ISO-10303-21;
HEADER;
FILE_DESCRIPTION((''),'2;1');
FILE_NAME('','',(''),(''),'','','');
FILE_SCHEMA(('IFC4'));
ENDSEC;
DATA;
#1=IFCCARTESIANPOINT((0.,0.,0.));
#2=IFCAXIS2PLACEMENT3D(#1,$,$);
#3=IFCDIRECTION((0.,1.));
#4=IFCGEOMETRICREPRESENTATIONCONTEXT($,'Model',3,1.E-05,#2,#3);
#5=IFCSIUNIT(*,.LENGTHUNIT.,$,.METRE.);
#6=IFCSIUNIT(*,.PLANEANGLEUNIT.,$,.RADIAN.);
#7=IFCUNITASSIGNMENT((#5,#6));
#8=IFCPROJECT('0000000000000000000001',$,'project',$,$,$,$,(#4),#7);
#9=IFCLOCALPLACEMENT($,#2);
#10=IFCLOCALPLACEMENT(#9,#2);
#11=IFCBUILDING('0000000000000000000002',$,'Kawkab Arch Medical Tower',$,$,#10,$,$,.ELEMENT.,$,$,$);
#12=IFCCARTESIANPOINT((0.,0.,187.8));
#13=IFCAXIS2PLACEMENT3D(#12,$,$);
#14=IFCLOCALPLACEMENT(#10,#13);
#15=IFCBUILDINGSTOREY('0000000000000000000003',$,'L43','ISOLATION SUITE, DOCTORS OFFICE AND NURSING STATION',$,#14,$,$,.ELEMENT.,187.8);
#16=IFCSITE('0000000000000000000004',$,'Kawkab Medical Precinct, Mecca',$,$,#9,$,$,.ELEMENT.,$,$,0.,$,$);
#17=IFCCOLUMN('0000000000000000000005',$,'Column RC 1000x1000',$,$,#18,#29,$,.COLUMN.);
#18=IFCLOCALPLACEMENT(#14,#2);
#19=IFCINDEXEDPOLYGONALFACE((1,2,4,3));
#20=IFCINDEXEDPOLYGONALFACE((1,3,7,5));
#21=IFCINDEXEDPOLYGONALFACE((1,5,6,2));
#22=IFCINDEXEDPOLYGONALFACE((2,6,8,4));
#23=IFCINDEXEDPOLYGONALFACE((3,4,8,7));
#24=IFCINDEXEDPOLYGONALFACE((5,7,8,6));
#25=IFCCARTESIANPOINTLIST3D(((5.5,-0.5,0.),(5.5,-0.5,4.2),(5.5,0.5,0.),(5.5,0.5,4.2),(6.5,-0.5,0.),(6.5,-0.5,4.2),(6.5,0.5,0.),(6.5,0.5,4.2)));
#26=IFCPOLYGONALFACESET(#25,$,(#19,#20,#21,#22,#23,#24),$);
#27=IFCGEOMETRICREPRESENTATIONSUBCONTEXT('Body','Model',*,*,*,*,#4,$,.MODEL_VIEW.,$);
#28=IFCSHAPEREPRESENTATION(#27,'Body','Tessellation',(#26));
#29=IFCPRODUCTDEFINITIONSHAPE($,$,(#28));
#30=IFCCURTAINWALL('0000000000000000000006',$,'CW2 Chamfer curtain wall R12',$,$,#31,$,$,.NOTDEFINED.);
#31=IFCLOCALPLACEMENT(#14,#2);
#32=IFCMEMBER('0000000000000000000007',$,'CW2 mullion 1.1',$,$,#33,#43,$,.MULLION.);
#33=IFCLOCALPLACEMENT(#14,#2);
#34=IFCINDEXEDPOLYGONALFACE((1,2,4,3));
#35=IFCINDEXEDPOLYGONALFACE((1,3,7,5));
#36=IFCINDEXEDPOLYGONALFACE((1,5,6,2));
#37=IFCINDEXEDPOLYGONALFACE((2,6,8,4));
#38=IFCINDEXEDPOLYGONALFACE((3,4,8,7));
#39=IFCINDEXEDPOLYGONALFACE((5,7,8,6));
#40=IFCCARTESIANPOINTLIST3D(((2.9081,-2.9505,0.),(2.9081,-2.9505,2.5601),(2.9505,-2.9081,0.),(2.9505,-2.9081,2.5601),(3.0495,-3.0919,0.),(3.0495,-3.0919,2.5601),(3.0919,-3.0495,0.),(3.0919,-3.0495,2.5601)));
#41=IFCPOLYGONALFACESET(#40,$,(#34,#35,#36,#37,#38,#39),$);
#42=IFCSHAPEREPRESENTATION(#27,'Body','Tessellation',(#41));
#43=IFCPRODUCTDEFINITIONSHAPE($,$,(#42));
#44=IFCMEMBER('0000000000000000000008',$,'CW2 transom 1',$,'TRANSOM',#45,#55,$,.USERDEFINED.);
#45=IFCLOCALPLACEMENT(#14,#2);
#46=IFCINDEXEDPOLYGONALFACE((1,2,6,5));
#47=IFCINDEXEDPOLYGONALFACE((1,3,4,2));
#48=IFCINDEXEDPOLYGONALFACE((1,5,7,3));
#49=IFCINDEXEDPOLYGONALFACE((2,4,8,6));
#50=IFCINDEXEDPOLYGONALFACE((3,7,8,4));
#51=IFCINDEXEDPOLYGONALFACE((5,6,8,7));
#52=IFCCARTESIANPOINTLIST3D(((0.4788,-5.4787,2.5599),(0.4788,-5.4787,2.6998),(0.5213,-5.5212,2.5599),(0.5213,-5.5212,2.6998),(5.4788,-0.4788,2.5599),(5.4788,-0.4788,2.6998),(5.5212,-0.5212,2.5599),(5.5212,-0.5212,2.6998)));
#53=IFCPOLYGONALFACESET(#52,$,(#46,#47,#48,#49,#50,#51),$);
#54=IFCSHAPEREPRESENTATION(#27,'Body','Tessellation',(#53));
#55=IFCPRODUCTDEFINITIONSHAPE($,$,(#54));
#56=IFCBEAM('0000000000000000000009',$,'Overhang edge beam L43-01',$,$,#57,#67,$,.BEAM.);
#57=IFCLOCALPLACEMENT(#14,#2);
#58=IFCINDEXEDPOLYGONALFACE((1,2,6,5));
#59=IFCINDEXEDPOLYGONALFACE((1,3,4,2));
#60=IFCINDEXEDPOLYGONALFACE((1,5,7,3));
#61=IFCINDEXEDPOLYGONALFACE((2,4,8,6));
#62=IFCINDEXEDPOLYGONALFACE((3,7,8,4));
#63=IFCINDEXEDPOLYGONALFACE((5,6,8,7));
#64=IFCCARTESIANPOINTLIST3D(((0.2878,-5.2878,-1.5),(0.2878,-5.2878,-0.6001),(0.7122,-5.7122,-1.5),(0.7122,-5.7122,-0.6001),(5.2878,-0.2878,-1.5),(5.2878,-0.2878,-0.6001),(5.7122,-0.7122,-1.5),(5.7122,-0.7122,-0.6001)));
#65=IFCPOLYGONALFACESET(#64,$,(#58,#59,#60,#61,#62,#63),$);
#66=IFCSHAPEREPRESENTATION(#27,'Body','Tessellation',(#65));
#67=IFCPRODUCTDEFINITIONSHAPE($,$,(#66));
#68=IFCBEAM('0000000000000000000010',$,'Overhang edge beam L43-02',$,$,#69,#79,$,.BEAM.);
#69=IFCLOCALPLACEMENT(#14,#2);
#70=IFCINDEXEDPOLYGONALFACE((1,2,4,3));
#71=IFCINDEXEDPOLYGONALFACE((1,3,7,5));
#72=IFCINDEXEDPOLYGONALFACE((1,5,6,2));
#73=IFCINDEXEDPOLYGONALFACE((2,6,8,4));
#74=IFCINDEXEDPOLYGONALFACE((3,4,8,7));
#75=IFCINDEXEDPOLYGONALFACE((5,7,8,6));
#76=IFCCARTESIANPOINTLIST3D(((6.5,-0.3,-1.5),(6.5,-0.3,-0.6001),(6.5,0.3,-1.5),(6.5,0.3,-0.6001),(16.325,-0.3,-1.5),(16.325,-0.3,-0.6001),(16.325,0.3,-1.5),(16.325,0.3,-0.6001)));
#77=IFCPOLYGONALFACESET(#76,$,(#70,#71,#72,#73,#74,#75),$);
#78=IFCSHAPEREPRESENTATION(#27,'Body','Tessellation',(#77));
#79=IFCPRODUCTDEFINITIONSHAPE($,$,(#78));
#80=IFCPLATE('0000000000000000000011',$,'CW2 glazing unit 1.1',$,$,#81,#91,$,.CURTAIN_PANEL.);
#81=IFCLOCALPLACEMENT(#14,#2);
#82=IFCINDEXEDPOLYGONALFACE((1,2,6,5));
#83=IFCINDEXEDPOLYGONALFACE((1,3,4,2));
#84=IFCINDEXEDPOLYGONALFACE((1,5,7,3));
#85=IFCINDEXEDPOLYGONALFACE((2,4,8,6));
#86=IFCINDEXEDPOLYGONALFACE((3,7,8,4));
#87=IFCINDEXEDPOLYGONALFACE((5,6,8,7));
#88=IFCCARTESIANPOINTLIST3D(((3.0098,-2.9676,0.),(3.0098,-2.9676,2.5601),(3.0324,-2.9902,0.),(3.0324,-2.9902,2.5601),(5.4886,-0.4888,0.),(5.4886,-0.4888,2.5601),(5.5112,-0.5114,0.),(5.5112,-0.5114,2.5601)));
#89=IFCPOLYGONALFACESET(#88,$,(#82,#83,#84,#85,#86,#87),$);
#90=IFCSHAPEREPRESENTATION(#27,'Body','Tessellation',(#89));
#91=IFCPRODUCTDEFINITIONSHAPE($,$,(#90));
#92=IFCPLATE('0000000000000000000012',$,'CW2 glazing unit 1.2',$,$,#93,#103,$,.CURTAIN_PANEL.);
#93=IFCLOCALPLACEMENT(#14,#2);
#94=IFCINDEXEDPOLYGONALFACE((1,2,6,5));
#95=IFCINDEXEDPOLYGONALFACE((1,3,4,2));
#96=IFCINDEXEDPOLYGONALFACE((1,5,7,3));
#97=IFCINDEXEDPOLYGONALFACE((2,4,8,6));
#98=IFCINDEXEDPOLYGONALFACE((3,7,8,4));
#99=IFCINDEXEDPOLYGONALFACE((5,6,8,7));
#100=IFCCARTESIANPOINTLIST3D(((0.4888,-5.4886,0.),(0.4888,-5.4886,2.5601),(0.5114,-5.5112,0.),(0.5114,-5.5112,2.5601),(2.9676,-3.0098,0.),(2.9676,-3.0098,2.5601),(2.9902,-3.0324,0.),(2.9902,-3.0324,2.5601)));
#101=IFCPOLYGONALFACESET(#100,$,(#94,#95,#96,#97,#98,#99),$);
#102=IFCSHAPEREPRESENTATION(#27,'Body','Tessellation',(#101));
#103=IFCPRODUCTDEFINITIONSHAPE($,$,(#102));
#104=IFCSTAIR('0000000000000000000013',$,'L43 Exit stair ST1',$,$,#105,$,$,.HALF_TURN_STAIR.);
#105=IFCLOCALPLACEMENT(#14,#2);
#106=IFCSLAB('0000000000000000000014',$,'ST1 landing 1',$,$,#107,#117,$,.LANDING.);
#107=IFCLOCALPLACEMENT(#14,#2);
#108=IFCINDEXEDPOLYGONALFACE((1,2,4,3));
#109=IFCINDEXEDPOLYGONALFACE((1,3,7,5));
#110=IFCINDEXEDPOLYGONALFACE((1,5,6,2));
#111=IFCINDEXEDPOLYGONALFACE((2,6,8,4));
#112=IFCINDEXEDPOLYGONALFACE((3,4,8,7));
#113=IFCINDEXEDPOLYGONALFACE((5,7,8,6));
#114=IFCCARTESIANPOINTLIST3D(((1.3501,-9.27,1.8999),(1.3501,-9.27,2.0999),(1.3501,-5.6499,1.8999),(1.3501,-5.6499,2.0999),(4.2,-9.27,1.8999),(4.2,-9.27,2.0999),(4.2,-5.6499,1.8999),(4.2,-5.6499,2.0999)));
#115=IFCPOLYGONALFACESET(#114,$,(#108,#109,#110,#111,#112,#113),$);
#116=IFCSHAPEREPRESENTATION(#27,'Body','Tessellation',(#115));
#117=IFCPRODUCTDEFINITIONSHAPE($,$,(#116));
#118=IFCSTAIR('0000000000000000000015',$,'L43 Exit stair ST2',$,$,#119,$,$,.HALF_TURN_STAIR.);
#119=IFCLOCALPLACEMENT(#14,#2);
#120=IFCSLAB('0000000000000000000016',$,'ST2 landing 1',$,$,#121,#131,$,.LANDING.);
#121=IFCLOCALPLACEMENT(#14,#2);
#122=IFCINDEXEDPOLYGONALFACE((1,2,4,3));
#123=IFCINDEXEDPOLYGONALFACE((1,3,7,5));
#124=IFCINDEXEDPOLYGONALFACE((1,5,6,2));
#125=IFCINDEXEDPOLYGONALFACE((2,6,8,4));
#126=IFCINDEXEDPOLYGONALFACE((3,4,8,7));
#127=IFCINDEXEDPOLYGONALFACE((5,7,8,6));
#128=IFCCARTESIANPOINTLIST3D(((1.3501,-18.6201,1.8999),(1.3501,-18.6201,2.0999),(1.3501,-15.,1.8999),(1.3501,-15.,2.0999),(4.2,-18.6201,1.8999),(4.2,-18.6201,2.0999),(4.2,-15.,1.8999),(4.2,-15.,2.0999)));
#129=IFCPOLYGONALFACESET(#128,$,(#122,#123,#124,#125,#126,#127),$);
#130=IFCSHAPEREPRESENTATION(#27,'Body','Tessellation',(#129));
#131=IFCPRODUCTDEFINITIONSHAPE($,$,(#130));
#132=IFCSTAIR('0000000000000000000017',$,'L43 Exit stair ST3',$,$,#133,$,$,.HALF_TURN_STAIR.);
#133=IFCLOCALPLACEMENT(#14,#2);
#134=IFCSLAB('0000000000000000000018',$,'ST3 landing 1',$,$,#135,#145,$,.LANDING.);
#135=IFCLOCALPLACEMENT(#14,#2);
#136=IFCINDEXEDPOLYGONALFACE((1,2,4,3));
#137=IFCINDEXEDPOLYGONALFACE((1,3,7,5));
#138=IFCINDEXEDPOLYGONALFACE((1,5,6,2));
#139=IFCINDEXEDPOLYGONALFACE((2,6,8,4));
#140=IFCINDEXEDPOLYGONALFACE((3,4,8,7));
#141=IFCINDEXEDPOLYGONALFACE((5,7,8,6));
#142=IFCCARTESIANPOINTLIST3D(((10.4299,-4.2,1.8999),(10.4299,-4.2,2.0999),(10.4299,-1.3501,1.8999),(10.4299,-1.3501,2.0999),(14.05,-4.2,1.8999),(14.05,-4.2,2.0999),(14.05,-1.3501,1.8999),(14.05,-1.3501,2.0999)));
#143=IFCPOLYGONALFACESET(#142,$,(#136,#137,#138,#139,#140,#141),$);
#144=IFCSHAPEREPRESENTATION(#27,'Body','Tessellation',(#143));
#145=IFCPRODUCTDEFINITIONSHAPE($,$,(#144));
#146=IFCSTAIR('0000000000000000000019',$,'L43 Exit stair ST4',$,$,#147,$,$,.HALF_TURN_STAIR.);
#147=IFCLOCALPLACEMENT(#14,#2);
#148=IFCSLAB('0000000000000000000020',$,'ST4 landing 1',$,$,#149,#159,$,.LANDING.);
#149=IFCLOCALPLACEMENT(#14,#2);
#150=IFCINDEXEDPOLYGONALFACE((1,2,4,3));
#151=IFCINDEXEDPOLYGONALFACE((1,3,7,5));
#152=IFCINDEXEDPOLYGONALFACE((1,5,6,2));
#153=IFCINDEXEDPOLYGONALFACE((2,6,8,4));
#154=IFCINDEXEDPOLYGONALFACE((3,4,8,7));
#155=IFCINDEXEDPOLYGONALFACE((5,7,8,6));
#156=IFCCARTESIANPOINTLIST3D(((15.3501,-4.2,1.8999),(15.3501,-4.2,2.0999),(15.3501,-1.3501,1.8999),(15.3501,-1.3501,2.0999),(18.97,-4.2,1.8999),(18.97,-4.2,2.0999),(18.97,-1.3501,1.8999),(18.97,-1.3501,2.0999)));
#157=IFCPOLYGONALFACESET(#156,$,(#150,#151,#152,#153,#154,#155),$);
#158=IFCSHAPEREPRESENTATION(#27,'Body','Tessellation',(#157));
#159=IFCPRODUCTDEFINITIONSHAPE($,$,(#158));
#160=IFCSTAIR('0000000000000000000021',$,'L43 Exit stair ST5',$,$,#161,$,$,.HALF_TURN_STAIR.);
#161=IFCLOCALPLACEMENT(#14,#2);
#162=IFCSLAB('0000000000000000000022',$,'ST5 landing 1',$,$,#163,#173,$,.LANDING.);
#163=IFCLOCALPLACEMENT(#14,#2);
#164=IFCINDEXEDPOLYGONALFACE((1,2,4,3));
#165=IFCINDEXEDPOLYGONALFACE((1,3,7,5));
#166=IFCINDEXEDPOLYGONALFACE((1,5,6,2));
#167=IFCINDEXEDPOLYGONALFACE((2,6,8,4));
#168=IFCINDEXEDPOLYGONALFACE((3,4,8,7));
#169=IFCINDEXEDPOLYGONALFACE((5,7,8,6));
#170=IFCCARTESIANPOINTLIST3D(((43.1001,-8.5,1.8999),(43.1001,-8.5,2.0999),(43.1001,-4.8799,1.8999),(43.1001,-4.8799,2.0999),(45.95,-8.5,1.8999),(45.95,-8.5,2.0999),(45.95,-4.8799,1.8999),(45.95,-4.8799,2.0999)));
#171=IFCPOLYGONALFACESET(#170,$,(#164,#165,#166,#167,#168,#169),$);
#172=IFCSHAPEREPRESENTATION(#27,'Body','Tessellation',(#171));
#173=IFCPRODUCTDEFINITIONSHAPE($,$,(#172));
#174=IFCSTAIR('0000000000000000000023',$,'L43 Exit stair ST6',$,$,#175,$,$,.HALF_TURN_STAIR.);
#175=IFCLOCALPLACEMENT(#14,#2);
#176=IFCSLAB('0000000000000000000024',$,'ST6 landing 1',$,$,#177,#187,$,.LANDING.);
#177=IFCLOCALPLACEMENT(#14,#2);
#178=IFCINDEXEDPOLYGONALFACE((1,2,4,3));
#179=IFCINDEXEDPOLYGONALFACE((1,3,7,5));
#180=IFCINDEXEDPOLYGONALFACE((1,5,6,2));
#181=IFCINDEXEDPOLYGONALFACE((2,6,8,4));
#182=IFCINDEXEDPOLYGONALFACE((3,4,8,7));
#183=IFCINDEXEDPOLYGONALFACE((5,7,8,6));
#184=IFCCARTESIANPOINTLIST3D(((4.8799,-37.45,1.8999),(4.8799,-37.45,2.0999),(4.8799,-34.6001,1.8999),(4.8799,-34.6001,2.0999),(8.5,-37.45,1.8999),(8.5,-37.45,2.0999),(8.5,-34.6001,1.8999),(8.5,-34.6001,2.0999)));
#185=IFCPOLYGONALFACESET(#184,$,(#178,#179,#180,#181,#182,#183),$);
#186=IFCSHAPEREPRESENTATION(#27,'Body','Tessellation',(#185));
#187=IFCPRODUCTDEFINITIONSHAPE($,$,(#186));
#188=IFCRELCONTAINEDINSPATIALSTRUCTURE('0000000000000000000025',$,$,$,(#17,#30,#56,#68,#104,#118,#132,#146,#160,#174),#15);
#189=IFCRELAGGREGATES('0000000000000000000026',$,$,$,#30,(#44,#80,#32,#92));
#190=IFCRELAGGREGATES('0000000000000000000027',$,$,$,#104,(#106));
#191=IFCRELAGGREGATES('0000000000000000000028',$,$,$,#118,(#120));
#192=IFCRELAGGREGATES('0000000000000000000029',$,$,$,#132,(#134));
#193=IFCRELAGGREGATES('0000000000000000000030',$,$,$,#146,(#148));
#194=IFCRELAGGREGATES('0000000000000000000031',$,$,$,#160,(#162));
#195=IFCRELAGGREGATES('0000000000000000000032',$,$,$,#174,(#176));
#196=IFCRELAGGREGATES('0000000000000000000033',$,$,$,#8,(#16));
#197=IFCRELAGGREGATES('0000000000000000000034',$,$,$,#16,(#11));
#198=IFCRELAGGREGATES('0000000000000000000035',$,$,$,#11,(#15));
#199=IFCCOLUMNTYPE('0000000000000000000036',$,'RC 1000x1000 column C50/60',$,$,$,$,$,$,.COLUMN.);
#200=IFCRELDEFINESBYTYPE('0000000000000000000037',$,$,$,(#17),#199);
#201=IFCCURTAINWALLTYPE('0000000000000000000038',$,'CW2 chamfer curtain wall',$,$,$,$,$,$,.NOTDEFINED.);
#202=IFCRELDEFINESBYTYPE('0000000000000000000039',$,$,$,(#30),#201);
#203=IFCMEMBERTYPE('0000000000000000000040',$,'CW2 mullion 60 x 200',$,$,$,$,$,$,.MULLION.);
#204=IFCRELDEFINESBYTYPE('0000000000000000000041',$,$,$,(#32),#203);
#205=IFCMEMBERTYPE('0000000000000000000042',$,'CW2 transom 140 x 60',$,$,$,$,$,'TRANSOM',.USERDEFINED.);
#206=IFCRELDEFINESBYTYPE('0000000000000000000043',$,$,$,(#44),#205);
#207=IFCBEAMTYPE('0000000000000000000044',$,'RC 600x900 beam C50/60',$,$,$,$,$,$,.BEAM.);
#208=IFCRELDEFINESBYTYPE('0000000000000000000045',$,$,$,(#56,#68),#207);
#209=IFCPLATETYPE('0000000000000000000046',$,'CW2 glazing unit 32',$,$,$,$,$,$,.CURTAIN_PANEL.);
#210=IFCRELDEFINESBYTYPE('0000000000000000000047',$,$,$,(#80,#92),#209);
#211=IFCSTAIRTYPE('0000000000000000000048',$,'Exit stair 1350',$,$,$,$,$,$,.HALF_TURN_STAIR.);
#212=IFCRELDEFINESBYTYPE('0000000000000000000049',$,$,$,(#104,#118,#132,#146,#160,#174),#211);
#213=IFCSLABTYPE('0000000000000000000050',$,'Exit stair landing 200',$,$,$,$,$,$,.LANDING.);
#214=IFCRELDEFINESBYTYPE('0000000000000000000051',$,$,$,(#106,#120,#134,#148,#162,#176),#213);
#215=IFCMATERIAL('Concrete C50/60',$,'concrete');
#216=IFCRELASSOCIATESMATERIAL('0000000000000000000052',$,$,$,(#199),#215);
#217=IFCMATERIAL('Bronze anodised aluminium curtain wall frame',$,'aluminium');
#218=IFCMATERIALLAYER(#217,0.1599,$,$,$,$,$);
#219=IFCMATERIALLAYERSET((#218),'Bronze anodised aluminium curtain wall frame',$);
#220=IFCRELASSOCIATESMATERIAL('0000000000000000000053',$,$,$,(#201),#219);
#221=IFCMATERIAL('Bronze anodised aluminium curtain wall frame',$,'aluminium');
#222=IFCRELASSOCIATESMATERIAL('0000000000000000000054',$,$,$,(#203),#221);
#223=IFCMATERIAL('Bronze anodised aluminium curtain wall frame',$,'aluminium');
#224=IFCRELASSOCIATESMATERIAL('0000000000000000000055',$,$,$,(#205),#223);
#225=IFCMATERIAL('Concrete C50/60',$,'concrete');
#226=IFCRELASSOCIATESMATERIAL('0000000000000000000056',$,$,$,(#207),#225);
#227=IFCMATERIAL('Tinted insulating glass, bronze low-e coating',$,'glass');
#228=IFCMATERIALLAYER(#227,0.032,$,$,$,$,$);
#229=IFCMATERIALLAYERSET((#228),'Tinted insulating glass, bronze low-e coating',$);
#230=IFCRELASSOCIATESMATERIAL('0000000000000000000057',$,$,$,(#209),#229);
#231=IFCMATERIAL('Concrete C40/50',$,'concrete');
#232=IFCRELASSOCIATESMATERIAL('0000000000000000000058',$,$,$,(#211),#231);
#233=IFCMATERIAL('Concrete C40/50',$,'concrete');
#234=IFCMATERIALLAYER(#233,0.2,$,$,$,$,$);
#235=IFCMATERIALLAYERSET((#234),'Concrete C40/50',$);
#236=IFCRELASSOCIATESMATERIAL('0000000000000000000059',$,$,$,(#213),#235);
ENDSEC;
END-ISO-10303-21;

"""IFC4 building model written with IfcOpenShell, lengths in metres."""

from ifc_helpers import new_model, si_unit, direction, frame, origin, origin_2d, place, context, subcontext, project, spatial, polyline, rectangle, outline, extrude, material, layer, layer_set, material_profile, profile_set, type_object, element, aggregate, save


model = new_model("IFC4")

# Units and contexts
model_context = context("Model", 3, precision=1e-05, world=origin(), true_north=direction((0.0, 1.0)))
body_context = subcontext(model_context, "Body", "Model", "MODEL_VIEW")
ifc_project = project(units=[si_unit("LENGTHUNIT", "METRE"), si_unit("PLANEANGLEUNIT", "RADIAN")], contexts=[model_context])

# Site, building, storey
site_placement = place(None, origin())
site = spatial("IfcSite", under=ifc_project, at=site_placement, Name="Kawkab Medical Precinct, Mecca", CompositionType="ELEMENT", RefElevation=0.0)
building_placement = place(site_placement, origin())
building = spatial("IfcBuilding", under=site, at=building_placement, Name="Kawkab Arch Medical Tower", CompositionType="ELEMENT")
storey_placement = place(building_placement, frame((0.0, 0.0, 187.8)))
storey = spatial("IfcBuildingStorey", under=building, at=storey_placement, Name="L43", Description="ISOLATION SUITE, DOCTORS OFFICE AND NURSING STATION", CompositionType="ELEMENT", Elevation=187.8)

# Column
ifc_material_1 = material(Name="Concrete C50/60", Category="concrete")
ifc_material_profile_1 = material_profile(ifc_material_1, rectangle(XDim=1.0, YDim=1.0, at=origin_2d()), Name="RC 1000x1000")
ifc_profile_set_1 = profile_set([ifc_material_profile_1], Name="Concrete C50/60")
column_type = type_object("IfcColumnType", Name="RC 1000x1000 column C50/60", PredefinedType="COLUMN", material=ifc_profile_set_1)
column_placement = place(storey_placement, frame((6.0, 0.0, 0.0), z_axis=(0.0, 0.0, 1.0), x_axis=(1.0, 0.0, 0.0)))
element("IfcColumn", 1, at=column_placement, inside=storey, type_object=column_type, Name="Column RC 1000x1000", PredefinedType="COLUMN", context=body_context, shape_type="SweptSolid", body=[
    extrude(rectangle(XDim=1.0, YDim=1.0, at=origin_2d()), origin(), (0.0, 0.0, 1.0), 4.2),
])

# Curtain wall, members
ifc_material_2 = material(Name="Bronze anodised aluminium curtain wall frame", Category="aluminium")
ifc_layer_1 = layer(ifc_material_2, 0.1599)
ifc_layer_set_1 = layer_set([ifc_layer_1], Name="Bronze anodised aluminium curtain wall frame")
curtain_wall_type = type_object("IfcCurtainWallType", Name="CW2 chamfer curtain wall", PredefinedType="NOTDEFINED", material=ifc_layer_set_1)
placement_1 = place(storey_placement, origin())
curtain_wall = element("IfcCurtainWall", 2, at=placement_1, inside=storey, type_object=curtain_wall_type, Name="CW2 Chamfer curtain wall R12", PredefinedType="NOTDEFINED")
ifc_material_3 = material(Name="Bronze anodised aluminium curtain wall frame", Category="aluminium")
ifc_material_profile_2 = material_profile(ifc_material_3, rectangle(XDim=0.2, YDim=0.0601, at=origin_2d()), Name="AL 60x200")
ifc_profile_set_2 = profile_set([ifc_material_profile_2], Name="Bronze anodised aluminium curtain wall frame")
member_type_1 = type_object("IfcMemberType", Name="CW2 mullion 60 x 200", PredefinedType="MULLION", material=ifc_profile_set_2)
member_1_placement = place(storey_placement, frame((3.0, -3.0, 0.0), z_axis=(0.0, 0.0, 1.0), x_axis=(0.707107, -0.707107, 0.0)))
member_1 = element("IfcMember", 3, at=member_1_placement, type_object=member_type_1, Name="CW2 mullion 1.1", PredefinedType="MULLION", context=body_context, shape_type="SweptSolid", body=[
    extrude(rectangle(XDim=0.2, YDim=0.0601, at=origin_2d()), origin(), (0.0, 0.0, 1.0), 2.5601),
])
ifc_material_4 = material(Name="Bronze anodised aluminium curtain wall frame", Category="aluminium")
ifc_material_profile_3 = material_profile(ifc_material_4, rectangle(XDim=0.0601, YDim=0.1399, at=origin_2d()), Name="AL 60x140")
ifc_profile_set_3 = profile_set([ifc_material_profile_3], Name="Bronze anodised aluminium curtain wall frame")
member_type_2 = type_object("IfcMemberType", Name="CW2 transom 140 x 60", ElementType="TRANSOM", PredefinedType="USERDEFINED", material=ifc_profile_set_3)
member_2_placement = place(storey_placement, frame((5.5, -0.5, 2.6299), z_axis=(-0.707107, -0.707107, 0.0), x_axis=(0.707107, -0.707107, 0.0)))
member_2 = element("IfcMember", 4, at=member_2_placement, type_object=member_type_2, Name="CW2 transom 1", ObjectType="TRANSOM", PredefinedType="USERDEFINED", context=body_context, shape_type="SweptSolid", body=[
    extrude(rectangle(XDim=0.0601, YDim=0.1399, at=origin_2d()), origin(), (0.0, 0.0, 1.0), 7.071),
])

# Beams
ifc_material_5 = material(Name="Concrete C50/60", Category="concrete")
ifc_material_profile_4 = material_profile(ifc_material_5, rectangle(XDim=0.6001, YDim=0.8999, at=origin_2d()), Name="RC 600x900")
ifc_profile_set_4 = profile_set([ifc_material_profile_4], Name="Concrete C50/60")
beam_type = type_object("IfcBeamType", Name="RC 600x900 beam C50/60", PredefinedType="BEAM", material=ifc_profile_set_4)
beam_1_placement = place(storey_placement, frame((0.5, -5.5, -1.05), z_axis=(0.707107, 0.707107, 0.0), x_axis=(-0.707107, 0.707107, 0.0)))
element("IfcBeam", 5, at=beam_1_placement, inside=storey, type_object=beam_type, Name="Overhang edge beam L43-01", PredefinedType="BEAM", context=body_context, shape_type="SweptSolid", body=[
    extrude(rectangle(XDim=0.6001, YDim=0.8999, at=origin_2d()), origin(), (0.0, 0.0, 1.0), 7.071),
])
beam_2_placement = place(storey_placement, frame((6.5, 0.0, -1.05), z_axis=(1.0, 0.0, 0.0), x_axis=(0.0, 1.0, 0.0)))
element("IfcBeam", 6, at=beam_2_placement, inside=storey, type_object=beam_type, Name="Overhang edge beam L43-02", PredefinedType="BEAM", context=body_context, shape_type="SweptSolid", body=[
    extrude(rectangle(XDim=0.6001, YDim=0.8999, at=origin_2d()), origin(), (0.0, 0.0, 1.0), 9.825),
])

# Plates
ifc_material_6 = material(Name="Tinted insulating glass, bronze low-e coating", Category="glass")
ifc_layer_2 = layer(ifc_material_6, 0.032)
ifc_layer_set_2 = layer_set([ifc_layer_2], Name="Tinted insulating glass, bronze low-e coating")
plate_type = type_object("IfcPlateType", Name="CW2 glazing unit 32", PredefinedType="CURTAIN_PANEL", material=ifc_layer_set_2)
plate_1_placement = place(storey_placement, frame((4.2605, -1.7395, 0.0), z_axis=(0.0, 0.0, 1.0), x_axis=(-0.707107, -0.707107, 0.0)))
plate_1 = element("IfcPlate", 7, at=plate_1_placement, type_object=plate_type, Name="CW2 glazing unit 1.1", PredefinedType="CURTAIN_PANEL", context=body_context, shape_type="SweptSolid", body=[
    extrude(rectangle(XDim=3.5056, YDim=0.032, at=origin_2d()), origin(), (0.0, 0.0, 1.0), 2.5601),
])
plate_2_placement = place(storey_placement, frame((1.7395, -4.2605, 0.0), z_axis=(0.0, 0.0, 1.0), x_axis=(-0.707107, -0.707107, 0.0)))
plate_2 = element("IfcPlate", 8, at=plate_2_placement, type_object=plate_type, Name="CW2 glazing unit 1.2", PredefinedType="CURTAIN_PANEL", context=body_context, shape_type="SweptSolid", body=[
    extrude(rectangle(XDim=3.5056, YDim=0.032, at=origin_2d()), origin(), (0.0, 0.0, 1.0), 2.5601),
])
aggregate(curtain_wall, [member_2, plate_1, member_1, plate_2])

# Stairs, slabs
ifc_material_7 = material(Name="Concrete C40/50", Category="concrete")
stair_type = type_object("IfcStairType", Name="Exit stair 1350", PredefinedType="HALF_TURN_STAIR", material=ifc_material_7)
stair_1 = element("IfcStair", 9, at=placement_1, inside=storey, type_object=stair_type, Name="L43 Exit stair ST1", PredefinedType="HALF_TURN_STAIR")
ifc_material_8 = material(Name="Concrete C40/50", Category="concrete")
ifc_layer_3 = layer(ifc_material_8, 0.2)
ifc_layer_set_3 = layer_set([ifc_layer_3], Name="Concrete C40/50")
slab_type_1 = type_object("IfcSlabType", Name="Exit stair landing 200", PredefinedType="LANDING", material=ifc_layer_set_3)
placement_2 = place(storey_placement, frame((0.0, 0.0, 1.8999)))
slab_1 = element("IfcSlab", 10, at=placement_2, type_object=slab_type_1, Name="ST1 landing 1", PredefinedType="LANDING", context=body_context, shape_type="SweptSolid", body=[
    extrude(outline(polyline([(4.2, -9.27), (4.2, -5.6499), (1.3501, -5.6499), (1.3501, -9.27), (4.2, -9.27)])), origin(), (0.0, 0.0, 1.0), 0.2),
])
aggregate(stair_1, [slab_1])
stair_2 = element("IfcStair", 11, at=placement_1, inside=storey, type_object=stair_type, Name="L43 Exit stair ST2", PredefinedType="HALF_TURN_STAIR")
slab_2 = element("IfcSlab", 12, at=placement_2, type_object=slab_type_1, Name="ST2 landing 1", PredefinedType="LANDING", context=body_context, shape_type="SweptSolid", body=[
    extrude(outline(polyline([(4.2, -18.6201), (4.2, -15.0), (1.3501, -15.0), (1.3501, -18.6201), (4.2, -18.6201)])), origin(), (0.0, 0.0, 1.0), 0.2),
])
aggregate(stair_2, [slab_2])
stair_3 = element("IfcStair", 13, at=placement_1, inside=storey, type_object=stair_type, Name="L43 Exit stair ST3", PredefinedType="HALF_TURN_STAIR")
slab_3 = element("IfcSlab", 14, at=placement_2, type_object=slab_type_1, Name="ST3 landing 1", PredefinedType="LANDING", context=body_context, shape_type="SweptSolid", body=[
    extrude(outline(polyline([(10.4299, -4.2), (14.05, -4.2), (14.05, -1.3501), (10.4299, -1.3501), (10.4299, -4.2)])), origin(), (0.0, 0.0, 1.0), 0.2),
])
aggregate(stair_3, [slab_3])
stair_4 = element("IfcStair", 15, at=placement_1, inside=storey, type_object=stair_type, Name="L43 Exit stair ST4", PredefinedType="HALF_TURN_STAIR")
slab_4 = element("IfcSlab", 16, at=placement_2, type_object=slab_type_1, Name="ST4 landing 1", PredefinedType="LANDING", context=body_context, shape_type="SweptSolid", body=[
    extrude(outline(polyline([(18.97, -1.3501), (15.3501, -1.3501), (15.3501, -4.2), (18.97, -4.2), (18.97, -1.3501)])), origin(), (0.0, 0.0, 1.0), 0.2),
])
aggregate(stair_4, [slab_4])
stair_5 = element("IfcStair", 17, at=placement_1, inside=storey, type_object=stair_type, Name="L43 Exit stair ST5", PredefinedType="HALF_TURN_STAIR")
slab_5 = element("IfcSlab", 18, at=placement_2, type_object=slab_type_1, Name="ST5 landing 1", PredefinedType="LANDING", context=body_context, shape_type="SweptSolid", body=[
    extrude(outline(polyline([(43.1001, -4.8799), (43.1001, -8.5), (45.95, -8.5), (45.95, -4.8799), (43.1001, -4.8799)])), origin(), (0.0, 0.0, 1.0), 0.2),
])
aggregate(stair_5, [slab_5])
stair_6 = element("IfcStair", 19, at=placement_1, inside=storey, type_object=stair_type, Name="L43 Exit stair ST6", PredefinedType="HALF_TURN_STAIR")
slab_6 = element("IfcSlab", 20, at=placement_2, type_object=slab_type_1, Name="ST6 landing 1", PredefinedType="LANDING", context=body_context, shape_type="SweptSolid", body=[
    extrude(outline(polyline([(4.8799, -37.45), (8.5, -37.45), (8.5, -34.6001), (4.8799, -34.6001), (4.8799, -37.45)])), origin(), (0.0, 0.0, 1.0), 0.2),
])
aggregate(stair_6, [slab_6])

save(model, "model.ifc")
